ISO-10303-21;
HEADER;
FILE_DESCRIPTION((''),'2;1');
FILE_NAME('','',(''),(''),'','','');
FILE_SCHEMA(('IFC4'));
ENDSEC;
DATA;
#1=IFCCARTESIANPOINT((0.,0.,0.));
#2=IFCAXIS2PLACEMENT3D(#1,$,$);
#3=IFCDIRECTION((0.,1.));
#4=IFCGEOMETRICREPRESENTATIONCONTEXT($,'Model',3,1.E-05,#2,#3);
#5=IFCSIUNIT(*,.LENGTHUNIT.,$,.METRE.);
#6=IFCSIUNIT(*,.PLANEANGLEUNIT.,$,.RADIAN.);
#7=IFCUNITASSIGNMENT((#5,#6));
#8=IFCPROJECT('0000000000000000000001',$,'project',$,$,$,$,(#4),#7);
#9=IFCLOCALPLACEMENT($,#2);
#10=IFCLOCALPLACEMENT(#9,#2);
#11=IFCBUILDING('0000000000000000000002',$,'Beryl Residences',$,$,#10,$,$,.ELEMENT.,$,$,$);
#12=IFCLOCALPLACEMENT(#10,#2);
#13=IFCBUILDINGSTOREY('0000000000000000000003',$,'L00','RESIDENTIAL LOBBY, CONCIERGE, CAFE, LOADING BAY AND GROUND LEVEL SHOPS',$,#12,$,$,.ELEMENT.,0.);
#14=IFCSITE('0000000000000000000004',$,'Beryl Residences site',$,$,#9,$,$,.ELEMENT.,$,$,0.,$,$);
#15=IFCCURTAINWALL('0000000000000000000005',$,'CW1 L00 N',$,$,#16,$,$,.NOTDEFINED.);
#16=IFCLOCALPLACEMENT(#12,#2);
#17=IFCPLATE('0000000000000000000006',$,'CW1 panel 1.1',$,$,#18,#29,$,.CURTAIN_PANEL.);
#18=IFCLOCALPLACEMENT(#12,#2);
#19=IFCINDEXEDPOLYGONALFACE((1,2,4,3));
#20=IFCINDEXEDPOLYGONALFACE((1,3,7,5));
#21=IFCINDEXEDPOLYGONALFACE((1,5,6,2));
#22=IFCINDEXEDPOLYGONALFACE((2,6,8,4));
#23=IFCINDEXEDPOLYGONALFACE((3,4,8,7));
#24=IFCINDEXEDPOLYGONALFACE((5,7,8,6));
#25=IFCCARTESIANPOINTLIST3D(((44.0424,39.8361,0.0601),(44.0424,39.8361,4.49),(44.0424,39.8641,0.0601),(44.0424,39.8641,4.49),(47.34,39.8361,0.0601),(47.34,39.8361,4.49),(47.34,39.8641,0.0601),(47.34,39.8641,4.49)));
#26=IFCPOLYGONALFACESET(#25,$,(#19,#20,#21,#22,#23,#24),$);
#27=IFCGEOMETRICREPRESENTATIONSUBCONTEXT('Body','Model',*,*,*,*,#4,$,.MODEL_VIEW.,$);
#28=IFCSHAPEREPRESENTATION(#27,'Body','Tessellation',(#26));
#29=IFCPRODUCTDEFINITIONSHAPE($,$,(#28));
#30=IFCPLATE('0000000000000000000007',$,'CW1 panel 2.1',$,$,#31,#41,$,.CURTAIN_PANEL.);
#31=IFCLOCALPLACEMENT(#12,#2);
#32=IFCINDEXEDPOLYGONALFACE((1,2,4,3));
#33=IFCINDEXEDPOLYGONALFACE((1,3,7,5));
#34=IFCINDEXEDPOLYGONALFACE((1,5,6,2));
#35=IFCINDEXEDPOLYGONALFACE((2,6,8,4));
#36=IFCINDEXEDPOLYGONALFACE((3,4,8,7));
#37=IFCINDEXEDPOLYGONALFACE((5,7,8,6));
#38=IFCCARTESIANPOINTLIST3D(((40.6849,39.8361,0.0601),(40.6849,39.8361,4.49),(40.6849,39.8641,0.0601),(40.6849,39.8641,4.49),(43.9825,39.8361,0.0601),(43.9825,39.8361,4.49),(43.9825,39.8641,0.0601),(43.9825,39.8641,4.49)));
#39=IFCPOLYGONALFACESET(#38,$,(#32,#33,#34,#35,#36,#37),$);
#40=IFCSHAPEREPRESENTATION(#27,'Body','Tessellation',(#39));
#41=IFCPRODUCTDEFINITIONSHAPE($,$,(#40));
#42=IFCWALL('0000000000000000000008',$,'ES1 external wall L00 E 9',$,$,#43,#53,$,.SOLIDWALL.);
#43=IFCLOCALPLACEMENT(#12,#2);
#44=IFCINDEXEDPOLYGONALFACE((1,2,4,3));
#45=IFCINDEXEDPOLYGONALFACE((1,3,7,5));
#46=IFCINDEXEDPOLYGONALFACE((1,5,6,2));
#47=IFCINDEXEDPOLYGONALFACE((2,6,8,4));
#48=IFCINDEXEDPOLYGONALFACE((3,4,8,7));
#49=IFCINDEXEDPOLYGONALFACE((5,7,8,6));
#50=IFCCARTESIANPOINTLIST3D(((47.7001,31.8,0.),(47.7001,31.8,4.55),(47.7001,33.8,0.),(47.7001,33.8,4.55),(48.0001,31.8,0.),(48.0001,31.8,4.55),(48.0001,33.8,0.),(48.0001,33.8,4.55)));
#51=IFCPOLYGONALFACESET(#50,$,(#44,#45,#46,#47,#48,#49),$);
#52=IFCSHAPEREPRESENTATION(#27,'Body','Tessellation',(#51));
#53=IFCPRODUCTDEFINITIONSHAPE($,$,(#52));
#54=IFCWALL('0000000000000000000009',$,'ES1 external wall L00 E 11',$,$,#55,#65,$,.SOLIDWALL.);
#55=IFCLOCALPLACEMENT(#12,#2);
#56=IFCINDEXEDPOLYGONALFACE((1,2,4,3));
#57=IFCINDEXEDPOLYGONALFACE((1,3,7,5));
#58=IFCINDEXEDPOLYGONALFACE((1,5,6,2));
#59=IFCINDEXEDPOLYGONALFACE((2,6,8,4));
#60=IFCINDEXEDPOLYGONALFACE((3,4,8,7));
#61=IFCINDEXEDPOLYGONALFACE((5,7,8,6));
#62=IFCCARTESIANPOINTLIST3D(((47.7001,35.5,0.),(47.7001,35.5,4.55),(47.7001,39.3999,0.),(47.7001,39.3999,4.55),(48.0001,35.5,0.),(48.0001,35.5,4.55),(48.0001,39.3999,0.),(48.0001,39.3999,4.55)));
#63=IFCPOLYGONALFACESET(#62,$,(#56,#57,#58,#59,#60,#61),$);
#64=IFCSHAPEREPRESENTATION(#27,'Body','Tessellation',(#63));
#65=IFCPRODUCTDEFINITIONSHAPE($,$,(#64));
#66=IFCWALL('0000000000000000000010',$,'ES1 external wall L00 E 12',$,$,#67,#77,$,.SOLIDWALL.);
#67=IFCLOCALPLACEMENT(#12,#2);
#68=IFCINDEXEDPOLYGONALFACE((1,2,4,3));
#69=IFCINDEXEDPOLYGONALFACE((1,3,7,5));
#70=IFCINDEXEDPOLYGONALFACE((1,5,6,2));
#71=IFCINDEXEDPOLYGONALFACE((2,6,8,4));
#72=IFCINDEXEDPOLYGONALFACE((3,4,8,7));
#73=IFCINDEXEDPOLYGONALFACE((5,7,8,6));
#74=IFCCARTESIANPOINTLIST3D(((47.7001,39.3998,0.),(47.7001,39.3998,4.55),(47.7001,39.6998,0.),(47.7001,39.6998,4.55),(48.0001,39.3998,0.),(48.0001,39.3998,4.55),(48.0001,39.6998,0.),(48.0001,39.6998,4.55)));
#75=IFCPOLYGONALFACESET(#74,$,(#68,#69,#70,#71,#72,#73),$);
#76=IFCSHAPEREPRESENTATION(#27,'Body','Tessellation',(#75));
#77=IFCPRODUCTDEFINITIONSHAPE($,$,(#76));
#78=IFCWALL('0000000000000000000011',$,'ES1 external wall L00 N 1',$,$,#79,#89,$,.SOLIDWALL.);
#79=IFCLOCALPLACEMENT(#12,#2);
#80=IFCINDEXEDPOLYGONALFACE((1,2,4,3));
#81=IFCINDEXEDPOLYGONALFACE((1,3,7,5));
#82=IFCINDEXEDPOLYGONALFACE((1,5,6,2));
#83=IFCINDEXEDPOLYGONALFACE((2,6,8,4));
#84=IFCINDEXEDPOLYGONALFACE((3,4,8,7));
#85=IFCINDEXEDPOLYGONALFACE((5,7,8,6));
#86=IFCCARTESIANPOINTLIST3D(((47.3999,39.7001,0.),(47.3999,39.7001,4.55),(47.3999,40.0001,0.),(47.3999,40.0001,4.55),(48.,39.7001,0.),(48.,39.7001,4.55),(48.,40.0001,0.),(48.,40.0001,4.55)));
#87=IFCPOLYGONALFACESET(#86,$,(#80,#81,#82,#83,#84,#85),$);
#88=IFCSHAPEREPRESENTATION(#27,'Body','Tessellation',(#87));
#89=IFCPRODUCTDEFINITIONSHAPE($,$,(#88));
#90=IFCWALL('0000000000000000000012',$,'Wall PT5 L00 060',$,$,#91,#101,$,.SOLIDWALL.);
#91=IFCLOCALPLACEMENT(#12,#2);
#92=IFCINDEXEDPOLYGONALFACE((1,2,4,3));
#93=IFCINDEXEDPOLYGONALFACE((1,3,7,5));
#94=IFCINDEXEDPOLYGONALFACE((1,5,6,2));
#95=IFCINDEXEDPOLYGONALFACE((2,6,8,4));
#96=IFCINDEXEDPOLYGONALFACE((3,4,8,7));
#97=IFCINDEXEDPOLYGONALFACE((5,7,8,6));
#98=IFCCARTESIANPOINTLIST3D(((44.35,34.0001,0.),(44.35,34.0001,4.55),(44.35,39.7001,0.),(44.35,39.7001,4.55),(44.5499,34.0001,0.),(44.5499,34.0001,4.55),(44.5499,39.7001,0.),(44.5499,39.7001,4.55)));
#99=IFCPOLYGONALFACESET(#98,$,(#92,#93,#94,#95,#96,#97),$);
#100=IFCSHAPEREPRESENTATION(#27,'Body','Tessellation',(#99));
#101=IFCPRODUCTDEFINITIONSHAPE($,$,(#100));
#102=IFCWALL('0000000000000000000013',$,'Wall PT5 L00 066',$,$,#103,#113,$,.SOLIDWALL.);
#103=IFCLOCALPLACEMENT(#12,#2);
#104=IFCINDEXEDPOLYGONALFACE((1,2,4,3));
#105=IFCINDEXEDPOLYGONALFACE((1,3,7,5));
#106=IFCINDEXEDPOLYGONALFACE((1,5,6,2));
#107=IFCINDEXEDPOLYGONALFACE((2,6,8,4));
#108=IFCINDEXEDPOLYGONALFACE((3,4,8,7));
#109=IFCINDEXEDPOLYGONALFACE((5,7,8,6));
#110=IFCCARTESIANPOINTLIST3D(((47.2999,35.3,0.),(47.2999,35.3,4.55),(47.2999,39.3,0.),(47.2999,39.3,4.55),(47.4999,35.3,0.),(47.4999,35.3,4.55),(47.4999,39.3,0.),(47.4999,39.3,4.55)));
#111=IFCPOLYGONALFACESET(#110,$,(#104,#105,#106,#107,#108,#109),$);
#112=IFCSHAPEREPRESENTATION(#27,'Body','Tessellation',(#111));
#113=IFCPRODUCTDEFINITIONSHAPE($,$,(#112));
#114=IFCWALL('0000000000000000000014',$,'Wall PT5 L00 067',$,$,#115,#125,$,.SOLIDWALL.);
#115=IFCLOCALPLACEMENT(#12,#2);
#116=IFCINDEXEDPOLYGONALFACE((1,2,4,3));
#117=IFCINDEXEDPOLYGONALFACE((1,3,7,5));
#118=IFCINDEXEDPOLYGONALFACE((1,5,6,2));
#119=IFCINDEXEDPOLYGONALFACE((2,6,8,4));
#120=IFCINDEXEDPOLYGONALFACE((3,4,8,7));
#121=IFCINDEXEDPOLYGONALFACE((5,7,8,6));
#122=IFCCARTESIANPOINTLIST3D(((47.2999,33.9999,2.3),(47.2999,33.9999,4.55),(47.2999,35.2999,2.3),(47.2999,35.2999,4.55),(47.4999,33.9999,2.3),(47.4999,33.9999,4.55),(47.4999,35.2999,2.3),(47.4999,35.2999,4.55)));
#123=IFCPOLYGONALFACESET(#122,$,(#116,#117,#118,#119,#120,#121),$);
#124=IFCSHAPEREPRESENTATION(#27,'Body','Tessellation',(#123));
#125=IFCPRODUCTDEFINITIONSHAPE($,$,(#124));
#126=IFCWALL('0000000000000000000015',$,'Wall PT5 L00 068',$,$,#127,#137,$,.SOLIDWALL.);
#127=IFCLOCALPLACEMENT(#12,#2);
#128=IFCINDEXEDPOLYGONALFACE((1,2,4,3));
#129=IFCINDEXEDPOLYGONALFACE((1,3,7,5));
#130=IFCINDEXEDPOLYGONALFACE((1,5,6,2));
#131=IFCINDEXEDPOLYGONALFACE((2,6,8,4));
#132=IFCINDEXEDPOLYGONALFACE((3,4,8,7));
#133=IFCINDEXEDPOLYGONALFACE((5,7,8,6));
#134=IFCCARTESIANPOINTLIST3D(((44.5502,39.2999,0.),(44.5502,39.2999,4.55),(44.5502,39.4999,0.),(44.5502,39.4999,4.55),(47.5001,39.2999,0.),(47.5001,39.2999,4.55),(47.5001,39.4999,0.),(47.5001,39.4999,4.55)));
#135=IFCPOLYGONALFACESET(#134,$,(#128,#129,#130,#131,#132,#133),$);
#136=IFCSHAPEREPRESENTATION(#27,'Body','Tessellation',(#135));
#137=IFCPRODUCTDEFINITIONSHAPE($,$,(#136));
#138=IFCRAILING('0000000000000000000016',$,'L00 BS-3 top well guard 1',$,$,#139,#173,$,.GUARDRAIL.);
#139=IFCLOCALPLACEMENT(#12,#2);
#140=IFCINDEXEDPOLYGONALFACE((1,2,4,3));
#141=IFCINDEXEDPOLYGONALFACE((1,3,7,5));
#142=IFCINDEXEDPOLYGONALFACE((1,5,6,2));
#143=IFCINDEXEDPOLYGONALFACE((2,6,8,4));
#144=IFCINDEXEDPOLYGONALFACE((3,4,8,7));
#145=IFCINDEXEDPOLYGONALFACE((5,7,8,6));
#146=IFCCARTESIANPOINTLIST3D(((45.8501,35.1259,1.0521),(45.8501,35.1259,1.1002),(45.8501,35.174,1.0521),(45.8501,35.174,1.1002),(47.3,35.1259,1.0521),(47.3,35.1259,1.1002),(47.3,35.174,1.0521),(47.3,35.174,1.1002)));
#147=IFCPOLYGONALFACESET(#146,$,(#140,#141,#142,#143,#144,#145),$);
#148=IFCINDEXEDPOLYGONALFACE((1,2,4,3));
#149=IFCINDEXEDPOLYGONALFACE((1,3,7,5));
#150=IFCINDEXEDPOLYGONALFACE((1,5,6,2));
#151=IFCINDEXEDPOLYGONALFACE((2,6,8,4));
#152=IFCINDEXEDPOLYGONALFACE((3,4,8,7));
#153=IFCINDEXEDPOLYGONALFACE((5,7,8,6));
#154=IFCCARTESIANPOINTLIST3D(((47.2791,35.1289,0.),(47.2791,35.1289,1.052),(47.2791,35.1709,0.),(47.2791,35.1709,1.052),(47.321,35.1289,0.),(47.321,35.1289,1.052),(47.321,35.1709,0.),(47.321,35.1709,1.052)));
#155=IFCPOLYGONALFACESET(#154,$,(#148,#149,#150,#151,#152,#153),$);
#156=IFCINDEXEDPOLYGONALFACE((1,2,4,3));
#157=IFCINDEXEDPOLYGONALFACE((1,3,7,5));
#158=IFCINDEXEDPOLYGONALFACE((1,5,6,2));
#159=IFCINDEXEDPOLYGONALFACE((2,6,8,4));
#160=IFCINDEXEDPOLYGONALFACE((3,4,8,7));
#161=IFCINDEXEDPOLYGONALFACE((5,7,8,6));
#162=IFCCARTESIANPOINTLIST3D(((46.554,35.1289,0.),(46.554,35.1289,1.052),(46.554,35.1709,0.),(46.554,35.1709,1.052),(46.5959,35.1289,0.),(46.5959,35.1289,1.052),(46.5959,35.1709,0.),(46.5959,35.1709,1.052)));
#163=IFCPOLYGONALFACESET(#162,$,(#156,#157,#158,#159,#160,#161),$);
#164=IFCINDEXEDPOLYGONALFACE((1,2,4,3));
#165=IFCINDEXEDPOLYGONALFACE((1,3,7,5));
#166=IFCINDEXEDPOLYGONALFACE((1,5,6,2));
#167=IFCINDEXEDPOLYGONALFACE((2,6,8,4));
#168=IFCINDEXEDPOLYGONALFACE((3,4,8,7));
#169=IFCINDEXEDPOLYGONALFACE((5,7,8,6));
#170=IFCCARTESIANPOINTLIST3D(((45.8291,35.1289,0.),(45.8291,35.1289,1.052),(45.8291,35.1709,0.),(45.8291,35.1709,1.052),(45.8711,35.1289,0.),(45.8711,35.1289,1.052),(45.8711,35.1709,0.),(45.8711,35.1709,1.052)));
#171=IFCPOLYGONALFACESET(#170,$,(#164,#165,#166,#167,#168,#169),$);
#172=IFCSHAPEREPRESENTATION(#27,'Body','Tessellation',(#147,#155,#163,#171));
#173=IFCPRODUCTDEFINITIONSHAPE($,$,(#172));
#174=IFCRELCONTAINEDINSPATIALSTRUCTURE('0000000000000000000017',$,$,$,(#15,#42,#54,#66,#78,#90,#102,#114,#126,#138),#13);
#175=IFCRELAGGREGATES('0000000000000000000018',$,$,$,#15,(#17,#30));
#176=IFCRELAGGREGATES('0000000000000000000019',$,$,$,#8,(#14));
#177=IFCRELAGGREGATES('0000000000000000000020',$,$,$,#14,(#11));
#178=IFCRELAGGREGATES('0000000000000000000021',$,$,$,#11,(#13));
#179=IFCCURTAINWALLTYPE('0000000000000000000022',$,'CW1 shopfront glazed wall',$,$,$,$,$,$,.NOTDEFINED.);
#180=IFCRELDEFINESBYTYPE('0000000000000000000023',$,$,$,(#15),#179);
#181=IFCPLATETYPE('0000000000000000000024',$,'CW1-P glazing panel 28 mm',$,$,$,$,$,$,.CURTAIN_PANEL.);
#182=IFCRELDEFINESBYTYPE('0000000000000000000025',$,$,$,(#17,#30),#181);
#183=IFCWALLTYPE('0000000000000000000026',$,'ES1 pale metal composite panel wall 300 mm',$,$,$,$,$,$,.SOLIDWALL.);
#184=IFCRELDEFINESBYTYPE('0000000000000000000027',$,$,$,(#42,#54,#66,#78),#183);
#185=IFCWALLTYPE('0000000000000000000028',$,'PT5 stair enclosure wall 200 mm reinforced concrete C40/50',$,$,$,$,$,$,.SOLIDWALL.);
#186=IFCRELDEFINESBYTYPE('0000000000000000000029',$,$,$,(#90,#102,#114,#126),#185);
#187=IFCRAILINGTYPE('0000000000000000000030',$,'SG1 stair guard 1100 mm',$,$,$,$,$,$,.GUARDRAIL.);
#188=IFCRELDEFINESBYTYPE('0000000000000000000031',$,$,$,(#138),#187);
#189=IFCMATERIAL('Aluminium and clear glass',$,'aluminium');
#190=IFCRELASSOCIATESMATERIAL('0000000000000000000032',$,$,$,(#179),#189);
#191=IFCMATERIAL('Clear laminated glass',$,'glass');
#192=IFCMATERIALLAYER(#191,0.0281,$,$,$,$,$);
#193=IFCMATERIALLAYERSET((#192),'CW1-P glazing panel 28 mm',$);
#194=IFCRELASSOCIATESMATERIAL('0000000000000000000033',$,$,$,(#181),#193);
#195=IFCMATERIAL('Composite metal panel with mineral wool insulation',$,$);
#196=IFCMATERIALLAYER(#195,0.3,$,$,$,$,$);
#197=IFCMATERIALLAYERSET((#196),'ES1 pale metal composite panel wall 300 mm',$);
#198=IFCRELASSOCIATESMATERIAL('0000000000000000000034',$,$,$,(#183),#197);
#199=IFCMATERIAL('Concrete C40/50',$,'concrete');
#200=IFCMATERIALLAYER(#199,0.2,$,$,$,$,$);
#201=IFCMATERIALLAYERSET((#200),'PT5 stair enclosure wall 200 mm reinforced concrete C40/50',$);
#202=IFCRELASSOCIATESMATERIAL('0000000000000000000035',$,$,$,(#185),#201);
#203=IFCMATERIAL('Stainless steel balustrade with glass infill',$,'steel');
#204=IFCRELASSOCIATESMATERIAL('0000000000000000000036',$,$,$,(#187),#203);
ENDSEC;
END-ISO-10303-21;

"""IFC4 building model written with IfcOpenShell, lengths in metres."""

from ifc_helpers import new_model, si_unit, direction, frame, frame_2d, origin, origin_2d, place, context, subcontext, project, spatial, rectangle, extrude, material, layer, layer_set, type_object, element, aggregate, save


model = new_model("IFC4")

# Units and contexts
model_context = context("Model", 3, precision=1e-05, world=origin(), true_north=direction((0.0, 1.0)))
body_context = subcontext(model_context, "Body", "Model", "MODEL_VIEW")
ifc_project = project(units=[si_unit("LENGTHUNIT", "METRE"), si_unit("PLANEANGLEUNIT", "RADIAN")], contexts=[model_context])

# Site, building, storey
site_placement = place(None, origin())
site = spatial("IfcSite", under=ifc_project, at=site_placement, Name="Beryl Residences site", CompositionType="ELEMENT", RefElevation=0.0)
building_placement = place(site_placement, origin())
building = spatial("IfcBuilding", under=site, at=building_placement, Name="Beryl Residences", CompositionType="ELEMENT")
storey_placement = place(building_placement, origin())
storey = spatial("IfcBuildingStorey", under=building, at=storey_placement, Name="L00", Description="RESIDENTIAL LOBBY, CONCIERGE, CAFE, LOADING BAY AND GROUND LEVEL SHOPS", CompositionType="ELEMENT", Elevation=0.0)

# Curtain wall
ifc_material_1 = material(Name="Aluminium and clear glass", Category="aluminium")
curtain_wall_type = type_object("IfcCurtainWallType", Name="CW1 shopfront glazed wall", PredefinedType="NOTDEFINED", material=ifc_material_1)
curtain_wall_1_placement = place(storey_placement, origin())
curtain_wall_1 = element("IfcCurtainWall", 1, at=curtain_wall_1_placement, inside=storey, type_object=curtain_wall_type, Name="CW1 L00 N", PredefinedType="NOTDEFINED")

# Plates
ifc_material_2 = material(Name="Clear laminated glass", Category="glass")
ifc_layer_1 = layer(ifc_material_2, 0.0281)
ifc_layer_set_1 = layer_set([ifc_layer_1], Name="CW1-P glazing panel 28 mm")
plate_type = type_object("IfcPlateType", Name="CW1-P glazing panel 28 mm", PredefinedType="CURTAIN_PANEL", material=ifc_layer_set_1)
plate_1_placement = place(storey_placement, frame((45.6912, 39.8501, 0.0601), z_axis=(0.0, 0.0, 1.0), x_axis=(-1.0, 0.0, 0.0)))
plate_1 = element("IfcPlate", 2, at=plate_1_placement, type_object=plate_type, Name="CW1 panel 1.1", PredefinedType="CURTAIN_PANEL", context=body_context, shape_type="SweptSolid", body=[
    extrude(rectangle(XDim=3.2976, YDim=0.0281, at=origin_2d()), origin(), (0.0, 0.0, 1.0), 4.4299),
])
plate_2_placement = place(storey_placement, frame((42.3337, 39.8501, 0.0601), z_axis=(0.0, 0.0, 1.0), x_axis=(-1.0, 0.0, 0.0)))
plate_2 = element("IfcPlate", 3, at=plate_2_placement, type_object=plate_type, Name="CW1 panel 2.1", PredefinedType="CURTAIN_PANEL", context=body_context, shape_type="SweptSolid", body=[
    extrude(rectangle(XDim=3.2976, YDim=0.0281, at=origin_2d()), origin(), (0.0, 0.0, 1.0), 4.4299),
])
aggregate(curtain_wall_1, [plate_1, plate_2])

# Wall
ifc_material_3 = material(Name="Composite metal panel with mineral wool insulation")
ifc_layer_2 = layer(ifc_material_3, 0.3)
ifc_layer_set_2 = layer_set([ifc_layer_2], Name="ES1 pale metal composite panel wall 300 mm")
wall_type_1 = type_object("IfcWallType", Name="ES1 pale metal composite panel wall 300 mm", PredefinedType="SOLIDWALL", material=ifc_layer_set_2)
wall_1_placement = place(storey_placement, frame((47.8501, 31.8, 0.0), z_axis=(0.0, 0.0, 1.0), x_axis=(0.0, 1.0, 0.0)))
element("IfcWall", 4, at=wall_1_placement, inside=storey, type_object=wall_type_1, Name="ES1 external wall L00 E 9", PredefinedType="SOLIDWALL", context=body_context, shape_type="SweptSolid", body=[
    extrude(rectangle(XDim=2.0, YDim=0.3, at=frame_2d((1.0, 0.0))), origin(), (0.0, 0.0, 1.0), 4.55),
])

# Walls
wall_2_placement = place(storey_placement, frame((47.8501, 35.5, 0.0), z_axis=(0.0, 0.0, 1.0), x_axis=(0.0, 1.0, 0.0)))
element("IfcWall", 5, at=wall_2_placement, inside=storey, type_object=wall_type_1, Name="ES1 external wall L00 E 11", PredefinedType="SOLIDWALL", context=body_context, shape_type="SweptSolid", body=[
    extrude(rectangle(XDim=3.8999, YDim=0.3, at=frame_2d((1.95, 0.0))), origin(), (0.0, 0.0, 1.0), 4.55),
])
wall_3_placement = place(storey_placement, frame((47.8501, 39.3999, 0.0), z_axis=(0.0, 0.0, 1.0), x_axis=(0.0, 1.0, 0.0)))
element("IfcWall", 6, at=wall_3_placement, inside=storey, type_object=wall_type_1, Name="ES1 external wall L00 E 12", PredefinedType="SOLIDWALL", context=body_context, shape_type="SweptSolid", body=[
    extrude(rectangle(XDim=0.3, YDim=0.3, at=frame_2d((0.1499, 0.0))), origin(), (0.0, 0.0, 1.0), 4.55),
])
wall_4_placement = place(storey_placement, frame((48.0, 39.8501, 0.0), z_axis=(0.0, 0.0, 1.0), x_axis=(-1.0, 0.0, 0.0)))
element("IfcWall", 7, at=wall_4_placement, inside=storey, type_object=wall_type_1, Name="ES1 external wall L00 N 1", PredefinedType="SOLIDWALL", context=body_context, shape_type="SweptSolid", body=[
    extrude(rectangle(XDim=0.6001, YDim=0.3, at=frame_2d((0.3, 0.0))), origin(), (0.0, 0.0, 1.0), 4.55),
])

# Walls
ifc_material_4 = material(Name="Concrete C40/50", Category="concrete")
ifc_layer_3 = layer(ifc_material_4, 0.2)
ifc_layer_set_3 = layer_set([ifc_layer_3], Name="PT5 stair enclosure wall 200 mm reinforced concrete C40/50")
wall_type_2 = type_object("IfcWallType", Name="PT5 stair enclosure wall 200 mm reinforced concrete C40/50", PredefinedType="SOLIDWALL", material=ifc_layer_set_3)
wall_5_placement = place(storey_placement, frame((44.45, 34.0, 0.0), z_axis=(0.0, 0.0, 1.0), x_axis=(0.0, 1.0, 0.0)))
element("IfcWall", 8, at=wall_5_placement, inside=storey, type_object=wall_type_2, Name="Wall PT5 L00 060", PredefinedType="SOLIDWALL", context=body_context, shape_type="SweptSolid", body=[
    extrude(rectangle(XDim=5.7, YDim=0.2, at=frame_2d((2.8501, 0.0))), origin(), (0.0, 0.0, 1.0), 4.55),
])
wall_6_placement = place(storey_placement, frame((47.3999, 35.3, 0.0), z_axis=(0.0, 0.0, 1.0), x_axis=(0.0, 1.0, 0.0)))
element("IfcWall", 9, at=wall_6_placement, inside=storey, type_object=wall_type_2, Name="Wall PT5 L00 066", PredefinedType="SOLIDWALL", context=body_context, shape_type="SweptSolid", body=[
    extrude(rectangle(XDim=4.0, YDim=0.2, at=frame_2d((2.0, 0.0))), origin(), (0.0, 0.0, 1.0), 4.55),
])
wall_7_placement = place(storey_placement, frame((47.3999, 34.0, 2.3), z_axis=(0.0, 0.0, 1.0), x_axis=(0.0, 1.0, 0.0)))
element("IfcWall", 10, at=wall_7_placement, inside=storey, type_object=wall_type_2, Name="Wall PT5 L00 067", PredefinedType="SOLIDWALL", context=body_context, shape_type="SweptSolid", body=[
    extrude(rectangle(XDim=1.3, YDim=0.2, at=frame_2d((0.6499, 0.0))), origin(), (0.0, 0.0, 1.0), 2.25),
])
wall_8_placement = place(storey_placement, frame((44.55, 39.3999, 0.0), z_axis=(0.0, 0.0, 1.0), x_axis=(1.0, 0.0, 0.0)))
element("IfcWall", 11, at=wall_8_placement, inside=storey, type_object=wall_type_2, Name="Wall PT5 L00 068", PredefinedType="SOLIDWALL", context=body_context, shape_type="SweptSolid", body=[
    extrude(rectangle(XDim=2.95, YDim=0.2, at=frame_2d((1.4751, 0.0))), origin(), (0.0, 0.0, 1.0), 4.55),
])

# Railing
ifc_material_5 = material(Name="Stainless steel balustrade with glass infill", Category="steel")
railing_type = type_object("IfcRailingType", Name="SG1 stair guard 1100 mm", PredefinedType="GUARDRAIL", material=ifc_material_5)
railing_placement = place(storey_placement, frame((47.3, 35.1499, 0.0)))
element("IfcRailing", 12, at=railing_placement, inside=storey, type_object=railing_type, Name="L00 BS-3 top well guard 1", PredefinedType="GUARDRAIL", context=body_context, shape_type="SweptSolid", body=[
    extrude(rectangle(XDim=0.0481, YDim=0.0481, at=origin_2d()), frame((0.0, 0.0, 1.0762), z_axis=(-1.0, 0.0, 0.0), x_axis=(0.0, -1.0, 0.0)), (0.0, 0.0, 1.0), 1.45),
    extrude(rectangle(XDim=0.042, YDim=0.042, at=origin_2d()), origin(), (0.0, 0.0, 1.0), 1.052),
    extrude(rectangle(XDim=0.042, YDim=0.042, at=origin_2d()), frame((-0.7251, 0.0, 0.0)), (0.0, 0.0, 1.0), 1.052),
    extrude(rectangle(XDim=0.042, YDim=0.042, at=origin_2d()), frame((-1.45, 0.0, 0.0)), (0.0, 0.0, 1.0), 1.052),
])

save(model, "model.ifc")
